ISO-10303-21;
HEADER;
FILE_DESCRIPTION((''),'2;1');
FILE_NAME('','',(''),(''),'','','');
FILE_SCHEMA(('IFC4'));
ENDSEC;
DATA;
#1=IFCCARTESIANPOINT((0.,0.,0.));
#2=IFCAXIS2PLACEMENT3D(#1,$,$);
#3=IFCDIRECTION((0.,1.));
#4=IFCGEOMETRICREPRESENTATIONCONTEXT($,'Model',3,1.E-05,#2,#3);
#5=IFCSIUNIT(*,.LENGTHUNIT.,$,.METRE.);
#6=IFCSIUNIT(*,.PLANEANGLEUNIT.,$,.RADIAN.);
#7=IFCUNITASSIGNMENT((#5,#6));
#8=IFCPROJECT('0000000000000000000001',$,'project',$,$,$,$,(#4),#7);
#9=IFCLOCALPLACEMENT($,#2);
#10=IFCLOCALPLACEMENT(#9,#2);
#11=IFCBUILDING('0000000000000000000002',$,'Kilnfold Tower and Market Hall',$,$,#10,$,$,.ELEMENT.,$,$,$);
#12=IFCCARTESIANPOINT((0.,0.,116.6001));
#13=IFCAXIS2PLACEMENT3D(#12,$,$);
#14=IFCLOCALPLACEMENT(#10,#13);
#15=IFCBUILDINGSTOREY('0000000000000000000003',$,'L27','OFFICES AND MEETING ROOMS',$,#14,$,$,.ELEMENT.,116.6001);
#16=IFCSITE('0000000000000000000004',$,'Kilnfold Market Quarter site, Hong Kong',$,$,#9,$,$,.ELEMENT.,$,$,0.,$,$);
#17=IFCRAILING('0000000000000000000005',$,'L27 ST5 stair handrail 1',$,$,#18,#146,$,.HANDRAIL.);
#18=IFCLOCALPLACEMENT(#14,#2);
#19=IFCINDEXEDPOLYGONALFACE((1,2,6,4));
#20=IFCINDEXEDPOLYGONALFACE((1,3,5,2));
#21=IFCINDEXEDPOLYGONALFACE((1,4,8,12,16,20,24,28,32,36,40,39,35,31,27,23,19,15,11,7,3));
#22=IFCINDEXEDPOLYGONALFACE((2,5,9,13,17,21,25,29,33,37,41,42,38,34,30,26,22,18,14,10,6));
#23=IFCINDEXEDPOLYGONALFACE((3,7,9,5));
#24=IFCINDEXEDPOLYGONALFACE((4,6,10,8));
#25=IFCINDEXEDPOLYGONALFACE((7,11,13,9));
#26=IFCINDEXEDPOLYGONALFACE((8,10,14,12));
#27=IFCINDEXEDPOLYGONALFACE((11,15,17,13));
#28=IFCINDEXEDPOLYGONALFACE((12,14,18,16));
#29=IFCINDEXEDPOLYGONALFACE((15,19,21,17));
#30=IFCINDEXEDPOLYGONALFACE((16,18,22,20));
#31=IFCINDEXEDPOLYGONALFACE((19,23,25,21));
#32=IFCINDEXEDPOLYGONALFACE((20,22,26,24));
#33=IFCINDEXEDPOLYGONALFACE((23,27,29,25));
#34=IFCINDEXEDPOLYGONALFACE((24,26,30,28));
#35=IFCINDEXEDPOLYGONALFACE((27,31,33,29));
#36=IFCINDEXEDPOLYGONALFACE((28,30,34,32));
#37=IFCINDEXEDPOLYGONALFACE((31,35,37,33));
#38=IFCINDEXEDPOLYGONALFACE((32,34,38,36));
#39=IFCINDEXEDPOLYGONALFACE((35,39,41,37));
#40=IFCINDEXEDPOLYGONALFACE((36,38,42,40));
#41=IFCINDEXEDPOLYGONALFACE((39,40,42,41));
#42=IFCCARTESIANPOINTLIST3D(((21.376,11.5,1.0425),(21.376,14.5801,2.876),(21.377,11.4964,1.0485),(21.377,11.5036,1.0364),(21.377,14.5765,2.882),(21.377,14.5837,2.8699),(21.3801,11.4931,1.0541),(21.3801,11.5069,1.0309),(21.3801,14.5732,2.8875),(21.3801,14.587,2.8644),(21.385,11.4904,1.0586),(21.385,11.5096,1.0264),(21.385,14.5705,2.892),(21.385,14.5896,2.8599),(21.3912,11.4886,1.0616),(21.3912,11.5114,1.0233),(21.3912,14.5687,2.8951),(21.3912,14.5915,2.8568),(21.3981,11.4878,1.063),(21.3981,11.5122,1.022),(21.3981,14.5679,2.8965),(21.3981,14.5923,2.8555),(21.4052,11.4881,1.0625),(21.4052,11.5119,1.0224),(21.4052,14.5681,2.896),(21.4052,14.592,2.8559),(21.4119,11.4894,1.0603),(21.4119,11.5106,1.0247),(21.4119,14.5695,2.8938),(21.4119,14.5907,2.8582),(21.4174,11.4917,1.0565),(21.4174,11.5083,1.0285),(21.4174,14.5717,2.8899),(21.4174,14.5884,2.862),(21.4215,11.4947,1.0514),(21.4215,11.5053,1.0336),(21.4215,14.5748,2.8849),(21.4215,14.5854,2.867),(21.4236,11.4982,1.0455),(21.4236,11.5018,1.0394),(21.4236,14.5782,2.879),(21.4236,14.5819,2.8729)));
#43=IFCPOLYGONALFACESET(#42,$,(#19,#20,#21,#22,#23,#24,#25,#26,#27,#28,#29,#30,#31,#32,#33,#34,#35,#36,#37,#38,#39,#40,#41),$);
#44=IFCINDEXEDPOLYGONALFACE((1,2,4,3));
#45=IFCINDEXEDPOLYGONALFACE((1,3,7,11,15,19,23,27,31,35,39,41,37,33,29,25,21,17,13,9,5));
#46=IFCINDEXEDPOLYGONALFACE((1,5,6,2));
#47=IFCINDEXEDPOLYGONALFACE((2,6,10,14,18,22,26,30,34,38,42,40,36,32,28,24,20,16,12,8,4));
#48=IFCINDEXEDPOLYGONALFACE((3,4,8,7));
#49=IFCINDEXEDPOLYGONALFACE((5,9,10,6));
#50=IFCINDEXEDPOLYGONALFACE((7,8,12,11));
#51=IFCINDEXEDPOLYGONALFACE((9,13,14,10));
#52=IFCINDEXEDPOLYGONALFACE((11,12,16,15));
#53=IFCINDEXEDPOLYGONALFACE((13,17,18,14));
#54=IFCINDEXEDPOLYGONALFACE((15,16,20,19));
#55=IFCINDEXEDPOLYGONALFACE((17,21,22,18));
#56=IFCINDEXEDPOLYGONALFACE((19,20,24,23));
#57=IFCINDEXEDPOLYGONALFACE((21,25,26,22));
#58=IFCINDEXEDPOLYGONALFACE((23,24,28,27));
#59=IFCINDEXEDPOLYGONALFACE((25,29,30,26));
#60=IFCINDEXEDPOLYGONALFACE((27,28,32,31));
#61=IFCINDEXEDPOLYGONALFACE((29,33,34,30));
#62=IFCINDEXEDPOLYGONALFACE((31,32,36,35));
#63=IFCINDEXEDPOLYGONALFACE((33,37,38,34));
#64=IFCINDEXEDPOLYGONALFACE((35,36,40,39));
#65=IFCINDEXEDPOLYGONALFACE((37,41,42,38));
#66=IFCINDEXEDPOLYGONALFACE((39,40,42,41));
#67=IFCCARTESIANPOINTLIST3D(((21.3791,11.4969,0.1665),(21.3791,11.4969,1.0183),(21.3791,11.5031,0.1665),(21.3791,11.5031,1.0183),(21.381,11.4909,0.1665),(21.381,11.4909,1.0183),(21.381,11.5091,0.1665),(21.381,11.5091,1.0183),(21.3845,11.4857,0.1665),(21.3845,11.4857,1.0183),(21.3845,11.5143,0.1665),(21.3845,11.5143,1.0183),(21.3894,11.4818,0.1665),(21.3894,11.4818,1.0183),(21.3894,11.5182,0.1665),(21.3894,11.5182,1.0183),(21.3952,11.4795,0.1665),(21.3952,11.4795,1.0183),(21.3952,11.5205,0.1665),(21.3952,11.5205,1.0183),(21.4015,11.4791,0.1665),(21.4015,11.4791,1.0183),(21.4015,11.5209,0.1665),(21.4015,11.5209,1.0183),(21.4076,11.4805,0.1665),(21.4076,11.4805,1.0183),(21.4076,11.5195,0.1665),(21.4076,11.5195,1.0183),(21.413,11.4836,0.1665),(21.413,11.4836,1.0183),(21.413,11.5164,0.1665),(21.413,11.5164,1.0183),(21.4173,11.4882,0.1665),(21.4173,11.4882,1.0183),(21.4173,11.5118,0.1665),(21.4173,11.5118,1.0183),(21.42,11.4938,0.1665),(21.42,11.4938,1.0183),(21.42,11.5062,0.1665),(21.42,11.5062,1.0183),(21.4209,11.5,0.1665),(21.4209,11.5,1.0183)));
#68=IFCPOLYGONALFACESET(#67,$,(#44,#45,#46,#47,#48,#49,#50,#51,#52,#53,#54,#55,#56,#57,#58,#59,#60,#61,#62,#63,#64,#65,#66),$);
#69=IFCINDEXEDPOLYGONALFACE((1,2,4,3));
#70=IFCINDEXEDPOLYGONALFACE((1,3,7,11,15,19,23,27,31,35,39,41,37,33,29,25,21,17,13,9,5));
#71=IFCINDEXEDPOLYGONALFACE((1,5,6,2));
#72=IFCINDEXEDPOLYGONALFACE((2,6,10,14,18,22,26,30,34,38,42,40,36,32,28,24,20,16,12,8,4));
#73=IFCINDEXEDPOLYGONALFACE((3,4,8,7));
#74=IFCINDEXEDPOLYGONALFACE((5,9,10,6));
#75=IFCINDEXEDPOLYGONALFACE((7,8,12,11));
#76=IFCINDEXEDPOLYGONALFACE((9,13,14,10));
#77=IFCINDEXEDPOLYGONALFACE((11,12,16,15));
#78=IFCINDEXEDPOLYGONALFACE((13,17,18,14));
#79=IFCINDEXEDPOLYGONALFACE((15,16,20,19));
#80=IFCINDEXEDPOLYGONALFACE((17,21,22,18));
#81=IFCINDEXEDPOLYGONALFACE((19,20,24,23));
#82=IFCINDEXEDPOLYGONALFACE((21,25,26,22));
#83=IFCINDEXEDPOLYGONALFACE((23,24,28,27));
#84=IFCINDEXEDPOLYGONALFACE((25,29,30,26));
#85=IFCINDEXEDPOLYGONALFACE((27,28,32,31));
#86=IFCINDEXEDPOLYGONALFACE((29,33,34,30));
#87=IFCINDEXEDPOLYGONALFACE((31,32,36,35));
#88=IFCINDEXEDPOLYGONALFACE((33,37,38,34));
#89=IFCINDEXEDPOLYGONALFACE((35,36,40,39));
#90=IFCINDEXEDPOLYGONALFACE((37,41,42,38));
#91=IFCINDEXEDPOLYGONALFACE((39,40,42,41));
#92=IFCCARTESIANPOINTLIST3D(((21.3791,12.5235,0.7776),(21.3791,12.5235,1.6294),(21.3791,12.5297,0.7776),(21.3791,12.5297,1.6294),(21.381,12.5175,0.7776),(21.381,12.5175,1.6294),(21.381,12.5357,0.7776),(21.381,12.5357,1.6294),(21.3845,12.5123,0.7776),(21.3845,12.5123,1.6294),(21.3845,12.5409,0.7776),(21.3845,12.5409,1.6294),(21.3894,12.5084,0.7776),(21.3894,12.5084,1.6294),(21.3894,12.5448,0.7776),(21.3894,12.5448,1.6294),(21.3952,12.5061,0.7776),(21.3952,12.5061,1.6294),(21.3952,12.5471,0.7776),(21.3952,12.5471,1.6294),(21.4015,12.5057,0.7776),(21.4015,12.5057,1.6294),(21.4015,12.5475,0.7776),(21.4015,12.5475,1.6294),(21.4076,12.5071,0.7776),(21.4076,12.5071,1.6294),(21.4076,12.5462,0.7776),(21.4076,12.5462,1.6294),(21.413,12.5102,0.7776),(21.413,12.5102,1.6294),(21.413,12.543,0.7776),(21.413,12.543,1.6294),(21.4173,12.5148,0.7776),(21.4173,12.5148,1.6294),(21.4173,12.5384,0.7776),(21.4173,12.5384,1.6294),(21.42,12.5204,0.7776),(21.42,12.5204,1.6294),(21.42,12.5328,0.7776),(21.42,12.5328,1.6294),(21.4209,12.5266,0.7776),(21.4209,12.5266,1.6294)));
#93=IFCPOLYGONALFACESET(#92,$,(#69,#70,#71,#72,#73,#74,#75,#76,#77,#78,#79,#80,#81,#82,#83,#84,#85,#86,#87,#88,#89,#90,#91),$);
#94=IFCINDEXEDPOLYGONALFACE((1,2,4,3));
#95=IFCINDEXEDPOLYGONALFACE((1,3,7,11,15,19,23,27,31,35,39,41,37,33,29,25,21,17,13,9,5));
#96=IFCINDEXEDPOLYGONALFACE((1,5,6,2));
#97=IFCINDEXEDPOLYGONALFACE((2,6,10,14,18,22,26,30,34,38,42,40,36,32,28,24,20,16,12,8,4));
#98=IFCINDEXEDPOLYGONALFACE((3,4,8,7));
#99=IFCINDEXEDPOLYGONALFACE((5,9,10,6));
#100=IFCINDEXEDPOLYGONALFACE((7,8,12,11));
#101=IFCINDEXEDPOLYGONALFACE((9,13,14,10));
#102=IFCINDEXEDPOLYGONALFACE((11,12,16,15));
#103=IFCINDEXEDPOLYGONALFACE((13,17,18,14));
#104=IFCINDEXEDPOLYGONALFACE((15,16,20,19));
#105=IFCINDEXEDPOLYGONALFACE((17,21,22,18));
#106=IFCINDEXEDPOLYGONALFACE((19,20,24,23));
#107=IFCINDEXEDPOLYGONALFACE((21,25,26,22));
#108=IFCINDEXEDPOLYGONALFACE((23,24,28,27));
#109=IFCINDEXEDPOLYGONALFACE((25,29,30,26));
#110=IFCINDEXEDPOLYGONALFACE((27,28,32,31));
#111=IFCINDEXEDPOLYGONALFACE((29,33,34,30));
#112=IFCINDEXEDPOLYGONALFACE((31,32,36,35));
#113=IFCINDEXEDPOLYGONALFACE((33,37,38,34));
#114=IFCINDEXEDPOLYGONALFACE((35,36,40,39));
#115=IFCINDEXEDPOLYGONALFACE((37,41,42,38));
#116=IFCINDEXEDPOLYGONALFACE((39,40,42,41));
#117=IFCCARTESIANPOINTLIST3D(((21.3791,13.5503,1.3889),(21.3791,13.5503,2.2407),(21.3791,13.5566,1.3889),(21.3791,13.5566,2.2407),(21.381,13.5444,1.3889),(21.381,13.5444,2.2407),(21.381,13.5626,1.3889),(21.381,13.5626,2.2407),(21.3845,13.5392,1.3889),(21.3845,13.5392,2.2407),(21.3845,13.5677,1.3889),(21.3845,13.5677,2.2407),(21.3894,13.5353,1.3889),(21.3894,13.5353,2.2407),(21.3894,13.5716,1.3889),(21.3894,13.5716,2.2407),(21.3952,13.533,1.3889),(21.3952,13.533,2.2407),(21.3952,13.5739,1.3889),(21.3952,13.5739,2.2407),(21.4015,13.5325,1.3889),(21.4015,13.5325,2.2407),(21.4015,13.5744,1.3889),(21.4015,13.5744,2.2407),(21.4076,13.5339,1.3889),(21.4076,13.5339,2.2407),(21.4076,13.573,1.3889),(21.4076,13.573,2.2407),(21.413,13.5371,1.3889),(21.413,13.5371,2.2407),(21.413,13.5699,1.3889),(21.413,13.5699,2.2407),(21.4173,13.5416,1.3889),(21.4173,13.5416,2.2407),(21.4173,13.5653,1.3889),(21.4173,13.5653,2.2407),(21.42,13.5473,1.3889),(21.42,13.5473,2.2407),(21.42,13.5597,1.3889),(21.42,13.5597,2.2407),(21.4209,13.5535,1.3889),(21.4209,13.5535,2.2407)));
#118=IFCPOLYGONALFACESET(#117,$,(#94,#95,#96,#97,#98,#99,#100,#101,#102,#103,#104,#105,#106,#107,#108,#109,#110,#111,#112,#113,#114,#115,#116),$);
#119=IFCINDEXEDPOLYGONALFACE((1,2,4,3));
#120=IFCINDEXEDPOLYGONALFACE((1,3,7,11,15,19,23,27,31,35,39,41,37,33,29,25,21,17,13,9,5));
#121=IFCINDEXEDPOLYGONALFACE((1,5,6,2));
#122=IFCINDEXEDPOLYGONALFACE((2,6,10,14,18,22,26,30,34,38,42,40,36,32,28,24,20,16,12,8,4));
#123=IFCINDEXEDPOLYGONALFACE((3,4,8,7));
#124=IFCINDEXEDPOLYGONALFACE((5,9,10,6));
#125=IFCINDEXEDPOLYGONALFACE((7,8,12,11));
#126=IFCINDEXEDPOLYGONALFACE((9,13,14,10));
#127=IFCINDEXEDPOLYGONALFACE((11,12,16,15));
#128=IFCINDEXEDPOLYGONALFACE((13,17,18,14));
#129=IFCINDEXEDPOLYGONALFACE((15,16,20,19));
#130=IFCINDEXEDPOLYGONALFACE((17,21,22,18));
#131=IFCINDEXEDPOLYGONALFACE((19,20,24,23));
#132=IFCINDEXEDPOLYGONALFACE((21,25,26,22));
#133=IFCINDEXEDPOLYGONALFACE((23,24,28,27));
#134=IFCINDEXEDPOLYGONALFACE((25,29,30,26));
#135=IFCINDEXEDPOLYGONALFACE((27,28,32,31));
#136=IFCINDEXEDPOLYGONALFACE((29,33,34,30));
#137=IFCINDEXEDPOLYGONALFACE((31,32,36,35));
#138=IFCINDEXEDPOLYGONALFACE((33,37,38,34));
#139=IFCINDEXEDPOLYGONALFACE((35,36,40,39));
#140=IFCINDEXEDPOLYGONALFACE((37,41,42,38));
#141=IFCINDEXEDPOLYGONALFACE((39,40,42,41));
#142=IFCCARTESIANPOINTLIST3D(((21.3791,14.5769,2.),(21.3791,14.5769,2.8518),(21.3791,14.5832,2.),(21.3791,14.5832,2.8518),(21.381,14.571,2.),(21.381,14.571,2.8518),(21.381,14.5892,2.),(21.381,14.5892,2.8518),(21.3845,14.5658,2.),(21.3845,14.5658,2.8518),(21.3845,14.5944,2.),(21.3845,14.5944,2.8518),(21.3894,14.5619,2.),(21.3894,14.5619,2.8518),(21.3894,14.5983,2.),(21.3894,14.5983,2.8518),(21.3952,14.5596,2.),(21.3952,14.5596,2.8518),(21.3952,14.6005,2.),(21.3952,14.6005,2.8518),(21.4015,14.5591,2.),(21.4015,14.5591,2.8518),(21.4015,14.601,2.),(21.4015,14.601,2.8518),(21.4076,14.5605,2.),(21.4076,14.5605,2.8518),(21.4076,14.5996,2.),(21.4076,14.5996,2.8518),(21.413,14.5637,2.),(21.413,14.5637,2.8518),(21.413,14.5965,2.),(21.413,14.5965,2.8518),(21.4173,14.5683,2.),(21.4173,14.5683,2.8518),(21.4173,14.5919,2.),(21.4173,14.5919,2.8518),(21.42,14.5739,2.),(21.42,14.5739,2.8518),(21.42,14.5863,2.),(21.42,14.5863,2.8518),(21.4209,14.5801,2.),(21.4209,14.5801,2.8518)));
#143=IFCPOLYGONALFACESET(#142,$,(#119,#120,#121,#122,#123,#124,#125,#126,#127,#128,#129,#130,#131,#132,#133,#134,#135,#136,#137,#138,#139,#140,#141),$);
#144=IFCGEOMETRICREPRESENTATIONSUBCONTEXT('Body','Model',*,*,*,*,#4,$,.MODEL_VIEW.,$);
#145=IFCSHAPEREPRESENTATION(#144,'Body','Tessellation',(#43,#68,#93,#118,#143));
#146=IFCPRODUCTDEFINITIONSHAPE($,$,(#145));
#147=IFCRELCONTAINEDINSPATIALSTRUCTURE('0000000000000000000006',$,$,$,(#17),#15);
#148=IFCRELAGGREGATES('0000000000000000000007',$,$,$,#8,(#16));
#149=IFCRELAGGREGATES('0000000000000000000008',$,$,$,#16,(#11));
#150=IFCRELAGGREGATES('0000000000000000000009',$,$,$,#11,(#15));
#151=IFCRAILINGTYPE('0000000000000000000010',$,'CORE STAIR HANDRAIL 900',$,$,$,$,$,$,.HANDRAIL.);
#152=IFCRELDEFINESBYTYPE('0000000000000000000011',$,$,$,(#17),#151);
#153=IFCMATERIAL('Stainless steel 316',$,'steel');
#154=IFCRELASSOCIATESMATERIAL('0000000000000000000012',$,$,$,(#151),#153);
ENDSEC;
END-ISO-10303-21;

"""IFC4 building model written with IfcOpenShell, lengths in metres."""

from ifc_helpers import new_model, si_unit, direction, frame, origin, origin_2d, place, context, subcontext, project, spatial, circle, extrude, material, type_object, element, save


model = new_model("IFC4")

# Units and contexts
model_context = context("Model", 3, precision=1e-05, world=origin(), true_north=direction((0.0, 1.0)))
body_context = subcontext(model_context, "Body", "Model", "MODEL_VIEW")
ifc_project = project(units=[si_unit("LENGTHUNIT", "METRE"), si_unit("PLANEANGLEUNIT", "RADIAN")], contexts=[model_context])

# Site, building, storey
site_placement = place(None, origin())
site = spatial("IfcSite", under=ifc_project, at=site_placement, Name="Kilnfold Market Quarter site, Hong Kong", CompositionType="ELEMENT", RefElevation=0.0)
building_placement = place(site_placement, origin())
building = spatial("IfcBuilding", under=site, at=building_placement, Name="Kilnfold Tower and Market Hall", CompositionType="ELEMENT")
storey_placement = place(building_placement, frame((0.0, 0.0, 116.6001)))
storey = spatial("IfcBuildingStorey", under=building, at=storey_placement, Name="L27", Description="OFFICES AND MEETING ROOMS", CompositionType="ELEMENT", Elevation=116.6001)

# Railing
ifc_material_1 = material(Name="Stainless steel 316", Category="steel")
railing_type_1 = type_object("IfcRailingType", Name="CORE STAIR HANDRAIL 900", PredefinedType="HANDRAIL", material=ifc_material_1)
railing_1_placement = place(storey_placement, frame((21.3999, 11.5, 0.1665)))
element("IfcRailing", 1, at=railing_1_placement, inside=storey, type_object=railing_type_1, Name="L27 ST5 stair handrail 1", PredefinedType="HANDRAIL", context=body_context, shape_type="SweptSolid", body=[
    extrude(circle(Radius=0.0239, at=origin_2d()), frame((0.0, 0.0, 0.876), z_axis=(0.0, 0.859279, 0.511508), x_axis=(-1.0, 0.0, 0.0)), (0.0, 0.0, 1.0), 3.5845),
    extrude(circle(Radius=0.021, at=origin_2d()), origin(), (0.0, 0.0, 1.0), 0.8518),
    extrude(circle(Radius=0.021, at=origin_2d()), frame((0.0, 1.0266, 0.6111)), (0.0, 0.0, 1.0), 0.8518),
    extrude(circle(Radius=0.021, at=origin_2d()), frame((0.0, 2.0535, 1.2224)), (0.0, 0.0, 1.0), 0.8518),
    extrude(circle(Radius=0.021, at=origin_2d()), frame((0.0, 3.0801, 1.8335)), (0.0, 0.0, 1.0), 0.8518),
])

save(model, "model.ifc")
